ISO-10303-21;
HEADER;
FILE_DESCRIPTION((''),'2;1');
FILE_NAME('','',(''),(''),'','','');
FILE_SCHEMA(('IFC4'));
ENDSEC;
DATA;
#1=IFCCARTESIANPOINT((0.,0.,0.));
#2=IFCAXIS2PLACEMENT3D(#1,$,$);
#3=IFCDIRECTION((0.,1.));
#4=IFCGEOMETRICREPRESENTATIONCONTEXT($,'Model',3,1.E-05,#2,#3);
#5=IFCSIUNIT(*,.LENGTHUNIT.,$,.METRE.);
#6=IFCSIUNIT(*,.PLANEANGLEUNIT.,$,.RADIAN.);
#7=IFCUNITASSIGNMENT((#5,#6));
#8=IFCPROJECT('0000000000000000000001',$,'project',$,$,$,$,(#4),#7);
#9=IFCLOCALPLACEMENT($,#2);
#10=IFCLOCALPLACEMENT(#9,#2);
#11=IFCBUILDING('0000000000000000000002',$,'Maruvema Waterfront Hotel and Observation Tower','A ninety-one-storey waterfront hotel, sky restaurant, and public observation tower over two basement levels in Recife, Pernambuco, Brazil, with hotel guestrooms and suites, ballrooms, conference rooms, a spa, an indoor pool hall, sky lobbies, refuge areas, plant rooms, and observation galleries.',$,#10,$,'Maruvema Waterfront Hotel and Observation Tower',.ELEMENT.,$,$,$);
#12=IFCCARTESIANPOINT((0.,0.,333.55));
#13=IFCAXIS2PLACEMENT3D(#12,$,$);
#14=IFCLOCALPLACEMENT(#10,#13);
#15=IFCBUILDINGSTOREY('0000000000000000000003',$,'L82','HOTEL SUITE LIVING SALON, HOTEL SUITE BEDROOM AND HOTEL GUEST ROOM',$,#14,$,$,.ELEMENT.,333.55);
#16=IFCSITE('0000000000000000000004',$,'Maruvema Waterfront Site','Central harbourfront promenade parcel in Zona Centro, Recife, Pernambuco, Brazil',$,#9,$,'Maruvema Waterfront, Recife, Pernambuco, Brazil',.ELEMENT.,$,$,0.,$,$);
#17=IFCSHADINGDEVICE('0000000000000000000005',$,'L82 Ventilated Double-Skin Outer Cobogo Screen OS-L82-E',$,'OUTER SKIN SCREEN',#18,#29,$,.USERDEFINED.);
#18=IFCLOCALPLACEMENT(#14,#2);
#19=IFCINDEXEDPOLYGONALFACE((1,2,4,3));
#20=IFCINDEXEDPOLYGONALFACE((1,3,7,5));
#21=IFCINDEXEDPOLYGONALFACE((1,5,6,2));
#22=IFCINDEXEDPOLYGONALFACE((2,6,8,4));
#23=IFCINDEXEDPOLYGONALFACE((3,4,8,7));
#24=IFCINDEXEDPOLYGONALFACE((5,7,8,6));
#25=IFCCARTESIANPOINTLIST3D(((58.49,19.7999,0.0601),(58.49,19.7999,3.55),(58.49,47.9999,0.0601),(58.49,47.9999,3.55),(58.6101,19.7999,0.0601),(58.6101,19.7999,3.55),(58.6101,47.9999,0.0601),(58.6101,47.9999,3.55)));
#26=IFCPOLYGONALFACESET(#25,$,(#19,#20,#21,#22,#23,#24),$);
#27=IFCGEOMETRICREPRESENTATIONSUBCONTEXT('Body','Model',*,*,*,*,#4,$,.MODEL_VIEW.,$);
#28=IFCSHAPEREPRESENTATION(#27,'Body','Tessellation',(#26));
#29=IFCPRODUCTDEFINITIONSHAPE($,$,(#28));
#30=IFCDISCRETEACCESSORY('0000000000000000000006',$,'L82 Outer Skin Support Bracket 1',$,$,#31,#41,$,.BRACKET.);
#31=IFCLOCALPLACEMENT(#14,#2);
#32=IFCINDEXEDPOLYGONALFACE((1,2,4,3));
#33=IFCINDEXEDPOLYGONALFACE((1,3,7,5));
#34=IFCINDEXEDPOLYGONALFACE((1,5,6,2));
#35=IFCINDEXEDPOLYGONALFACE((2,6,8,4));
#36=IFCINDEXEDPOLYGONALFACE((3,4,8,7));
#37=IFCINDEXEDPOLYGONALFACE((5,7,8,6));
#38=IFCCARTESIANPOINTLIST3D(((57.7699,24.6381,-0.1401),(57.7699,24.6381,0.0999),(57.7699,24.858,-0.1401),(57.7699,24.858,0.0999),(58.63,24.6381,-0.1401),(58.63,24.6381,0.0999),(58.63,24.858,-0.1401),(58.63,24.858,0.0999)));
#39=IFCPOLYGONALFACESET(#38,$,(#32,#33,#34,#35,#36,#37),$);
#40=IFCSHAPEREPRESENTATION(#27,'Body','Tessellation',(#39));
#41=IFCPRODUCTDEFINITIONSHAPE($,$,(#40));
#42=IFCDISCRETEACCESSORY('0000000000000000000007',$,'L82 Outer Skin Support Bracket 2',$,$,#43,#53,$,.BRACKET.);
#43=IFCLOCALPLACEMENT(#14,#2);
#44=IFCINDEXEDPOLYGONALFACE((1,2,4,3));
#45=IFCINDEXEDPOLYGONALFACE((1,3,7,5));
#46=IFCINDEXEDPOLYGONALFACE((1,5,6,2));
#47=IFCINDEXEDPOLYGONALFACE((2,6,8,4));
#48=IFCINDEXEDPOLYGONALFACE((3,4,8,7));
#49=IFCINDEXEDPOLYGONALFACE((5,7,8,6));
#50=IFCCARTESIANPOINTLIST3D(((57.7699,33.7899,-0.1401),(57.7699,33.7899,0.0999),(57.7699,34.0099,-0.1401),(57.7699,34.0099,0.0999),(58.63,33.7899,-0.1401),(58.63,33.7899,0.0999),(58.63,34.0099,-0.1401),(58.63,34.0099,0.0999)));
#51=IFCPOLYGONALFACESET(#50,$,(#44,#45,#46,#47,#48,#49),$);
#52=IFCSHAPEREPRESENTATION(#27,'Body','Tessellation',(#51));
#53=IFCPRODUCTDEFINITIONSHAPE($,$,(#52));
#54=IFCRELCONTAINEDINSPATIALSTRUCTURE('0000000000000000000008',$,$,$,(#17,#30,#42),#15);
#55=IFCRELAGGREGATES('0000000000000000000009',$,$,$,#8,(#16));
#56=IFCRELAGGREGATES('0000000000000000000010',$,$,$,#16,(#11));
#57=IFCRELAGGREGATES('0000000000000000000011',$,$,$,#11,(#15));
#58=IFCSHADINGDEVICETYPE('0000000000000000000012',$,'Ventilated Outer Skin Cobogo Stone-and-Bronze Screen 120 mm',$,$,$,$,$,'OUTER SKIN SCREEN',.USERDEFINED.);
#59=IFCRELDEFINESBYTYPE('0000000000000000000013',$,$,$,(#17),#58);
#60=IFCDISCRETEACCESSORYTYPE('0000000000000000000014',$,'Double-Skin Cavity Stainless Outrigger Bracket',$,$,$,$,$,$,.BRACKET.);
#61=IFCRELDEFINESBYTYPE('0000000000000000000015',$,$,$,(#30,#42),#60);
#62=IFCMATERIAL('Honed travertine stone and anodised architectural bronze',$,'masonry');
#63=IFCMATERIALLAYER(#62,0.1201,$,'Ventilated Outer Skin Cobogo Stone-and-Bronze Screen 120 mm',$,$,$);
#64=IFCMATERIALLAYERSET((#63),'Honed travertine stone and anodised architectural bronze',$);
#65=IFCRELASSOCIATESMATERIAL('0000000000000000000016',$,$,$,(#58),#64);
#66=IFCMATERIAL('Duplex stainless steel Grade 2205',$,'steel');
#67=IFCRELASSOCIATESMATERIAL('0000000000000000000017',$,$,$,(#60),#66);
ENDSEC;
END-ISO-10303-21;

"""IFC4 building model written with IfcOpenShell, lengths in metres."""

from ifc_helpers import new_model, si_unit, direction, frame, origin, origin_2d, place, context, subcontext, project, spatial, rectangle, extrude, material, layer, layer_set, type_object, element, save


model = new_model("IFC4")

# Units and contexts
model_context = context("Model", 3, precision=1e-05, world=origin(), true_north=direction((0.0, 1.0)))
body_context = subcontext(model_context, "Body", "Model", "MODEL_VIEW")
ifc_project = project(units=[si_unit("LENGTHUNIT", "METRE"), si_unit("PLANEANGLEUNIT", "RADIAN")], contexts=[model_context])

# Site, building, storey
site_placement = place(None, origin())
site = spatial("IfcSite", under=ifc_project, at=site_placement, Name="Maruvema Waterfront Site", Description="Central harbourfront promenade parcel in Zona Centro, Recife, Pernambuco, Brazil", LongName="Maruvema Waterfront, Recife, Pernambuco, Brazil", CompositionType="ELEMENT", RefElevation=0.0)
building_placement = place(site_placement, origin())
building = spatial("IfcBuilding", under=site, at=building_placement, Name="Maruvema Waterfront Hotel and Observation Tower", Description="A ninety-one-storey waterfront hotel, sky restaurant, and public observation tower over two basement levels in Recife, Pernambuco, Brazil, with hotel guestrooms and suites, ballrooms, conference rooms, a spa, an indoor pool hall, sky lobbies, refuge areas, plant rooms, and observation galleries.", LongName="Maruvema Waterfront Hotel and Observation Tower", CompositionType="ELEMENT")
storey_placement = place(building_placement, frame((0.0, 0.0, 333.55)))
storey = spatial("IfcBuildingStorey", under=building, at=storey_placement, Name="L82", Description="HOTEL SUITE LIVING SALON, HOTEL SUITE BEDROOM AND HOTEL GUEST ROOM", CompositionType="ELEMENT", Elevation=333.55)

# Shading device
ifc_material_1 = material(Name="Honed travertine stone and anodised architectural bronze", Category="masonry")
ifc_layer_1 = layer(ifc_material_1, 0.1201, Name="Ventilated Outer Skin Cobogo Stone-and-Bronze Screen 120 mm")
ifc_layer_set_1 = layer_set([ifc_layer_1], Name="Honed travertine stone and anodised architectural bronze")
shading_device_type = type_object("IfcShadingDeviceType", Name="Ventilated Outer Skin Cobogo Stone-and-Bronze Screen 120 mm", ElementType="OUTER SKIN SCREEN", PredefinedType="USERDEFINED", material=ifc_layer_set_1)
shading_device_placement = place(storey_placement, frame((58.55, 33.8999, 0.0601), z_axis=(0.0, 0.0, 1.0), x_axis=(0.0, 1.0, 0.0)))
element("IfcShadingDevice", 1, at=shading_device_placement, inside=storey, type_object=shading_device_type, Name="L82 Ventilated Double-Skin Outer Cobogo Screen OS-L82-E", ObjectType="OUTER SKIN SCREEN", PredefinedType="USERDEFINED", context=body_context, shape_type="SweptSolid", body=[
    extrude(rectangle(XDim=28.2, YDim=0.1201, at=origin_2d()), origin(), (0.0, 0.0, 1.0), 3.49),
])

# Discrete accessories
ifc_material_2 = material(Name="Duplex stainless steel Grade 2205", Category="steel")
discrete_accessory_type = type_object("IfcDiscreteAccessoryType", Name="Double-Skin Cavity Stainless Outrigger Bracket", PredefinedType="BRACKET", material=ifc_material_2)
for number, where, z_axis, x_axis, name in (
    (2, (58.2, 24.748, -0.1401), (0.0, 0.0, 1.0), (0.0, 1.0, 0.0), "L82 Outer Skin Support Bracket 1"),
    (3, (58.2, 33.8999, -0.1401), (0.0, 0.0, 1.0), (0.0, 1.0, 0.0), "L82 Outer Skin Support Bracket 2"),
):
    element("IfcDiscreteAccessory", number, at=place(storey_placement, frame(where, z_axis=z_axis, x_axis=x_axis)), inside=storey, type_object=discrete_accessory_type, Name=name, PredefinedType="BRACKET", context=body_context, shape_type="SweptSolid", body=[
        extrude(rectangle(XDim=0.22, YDim=0.8601, at=origin_2d()), origin(), (0.0, 0.0, 1.0), 0.24),
    ])

save(model, "model.ifc")
